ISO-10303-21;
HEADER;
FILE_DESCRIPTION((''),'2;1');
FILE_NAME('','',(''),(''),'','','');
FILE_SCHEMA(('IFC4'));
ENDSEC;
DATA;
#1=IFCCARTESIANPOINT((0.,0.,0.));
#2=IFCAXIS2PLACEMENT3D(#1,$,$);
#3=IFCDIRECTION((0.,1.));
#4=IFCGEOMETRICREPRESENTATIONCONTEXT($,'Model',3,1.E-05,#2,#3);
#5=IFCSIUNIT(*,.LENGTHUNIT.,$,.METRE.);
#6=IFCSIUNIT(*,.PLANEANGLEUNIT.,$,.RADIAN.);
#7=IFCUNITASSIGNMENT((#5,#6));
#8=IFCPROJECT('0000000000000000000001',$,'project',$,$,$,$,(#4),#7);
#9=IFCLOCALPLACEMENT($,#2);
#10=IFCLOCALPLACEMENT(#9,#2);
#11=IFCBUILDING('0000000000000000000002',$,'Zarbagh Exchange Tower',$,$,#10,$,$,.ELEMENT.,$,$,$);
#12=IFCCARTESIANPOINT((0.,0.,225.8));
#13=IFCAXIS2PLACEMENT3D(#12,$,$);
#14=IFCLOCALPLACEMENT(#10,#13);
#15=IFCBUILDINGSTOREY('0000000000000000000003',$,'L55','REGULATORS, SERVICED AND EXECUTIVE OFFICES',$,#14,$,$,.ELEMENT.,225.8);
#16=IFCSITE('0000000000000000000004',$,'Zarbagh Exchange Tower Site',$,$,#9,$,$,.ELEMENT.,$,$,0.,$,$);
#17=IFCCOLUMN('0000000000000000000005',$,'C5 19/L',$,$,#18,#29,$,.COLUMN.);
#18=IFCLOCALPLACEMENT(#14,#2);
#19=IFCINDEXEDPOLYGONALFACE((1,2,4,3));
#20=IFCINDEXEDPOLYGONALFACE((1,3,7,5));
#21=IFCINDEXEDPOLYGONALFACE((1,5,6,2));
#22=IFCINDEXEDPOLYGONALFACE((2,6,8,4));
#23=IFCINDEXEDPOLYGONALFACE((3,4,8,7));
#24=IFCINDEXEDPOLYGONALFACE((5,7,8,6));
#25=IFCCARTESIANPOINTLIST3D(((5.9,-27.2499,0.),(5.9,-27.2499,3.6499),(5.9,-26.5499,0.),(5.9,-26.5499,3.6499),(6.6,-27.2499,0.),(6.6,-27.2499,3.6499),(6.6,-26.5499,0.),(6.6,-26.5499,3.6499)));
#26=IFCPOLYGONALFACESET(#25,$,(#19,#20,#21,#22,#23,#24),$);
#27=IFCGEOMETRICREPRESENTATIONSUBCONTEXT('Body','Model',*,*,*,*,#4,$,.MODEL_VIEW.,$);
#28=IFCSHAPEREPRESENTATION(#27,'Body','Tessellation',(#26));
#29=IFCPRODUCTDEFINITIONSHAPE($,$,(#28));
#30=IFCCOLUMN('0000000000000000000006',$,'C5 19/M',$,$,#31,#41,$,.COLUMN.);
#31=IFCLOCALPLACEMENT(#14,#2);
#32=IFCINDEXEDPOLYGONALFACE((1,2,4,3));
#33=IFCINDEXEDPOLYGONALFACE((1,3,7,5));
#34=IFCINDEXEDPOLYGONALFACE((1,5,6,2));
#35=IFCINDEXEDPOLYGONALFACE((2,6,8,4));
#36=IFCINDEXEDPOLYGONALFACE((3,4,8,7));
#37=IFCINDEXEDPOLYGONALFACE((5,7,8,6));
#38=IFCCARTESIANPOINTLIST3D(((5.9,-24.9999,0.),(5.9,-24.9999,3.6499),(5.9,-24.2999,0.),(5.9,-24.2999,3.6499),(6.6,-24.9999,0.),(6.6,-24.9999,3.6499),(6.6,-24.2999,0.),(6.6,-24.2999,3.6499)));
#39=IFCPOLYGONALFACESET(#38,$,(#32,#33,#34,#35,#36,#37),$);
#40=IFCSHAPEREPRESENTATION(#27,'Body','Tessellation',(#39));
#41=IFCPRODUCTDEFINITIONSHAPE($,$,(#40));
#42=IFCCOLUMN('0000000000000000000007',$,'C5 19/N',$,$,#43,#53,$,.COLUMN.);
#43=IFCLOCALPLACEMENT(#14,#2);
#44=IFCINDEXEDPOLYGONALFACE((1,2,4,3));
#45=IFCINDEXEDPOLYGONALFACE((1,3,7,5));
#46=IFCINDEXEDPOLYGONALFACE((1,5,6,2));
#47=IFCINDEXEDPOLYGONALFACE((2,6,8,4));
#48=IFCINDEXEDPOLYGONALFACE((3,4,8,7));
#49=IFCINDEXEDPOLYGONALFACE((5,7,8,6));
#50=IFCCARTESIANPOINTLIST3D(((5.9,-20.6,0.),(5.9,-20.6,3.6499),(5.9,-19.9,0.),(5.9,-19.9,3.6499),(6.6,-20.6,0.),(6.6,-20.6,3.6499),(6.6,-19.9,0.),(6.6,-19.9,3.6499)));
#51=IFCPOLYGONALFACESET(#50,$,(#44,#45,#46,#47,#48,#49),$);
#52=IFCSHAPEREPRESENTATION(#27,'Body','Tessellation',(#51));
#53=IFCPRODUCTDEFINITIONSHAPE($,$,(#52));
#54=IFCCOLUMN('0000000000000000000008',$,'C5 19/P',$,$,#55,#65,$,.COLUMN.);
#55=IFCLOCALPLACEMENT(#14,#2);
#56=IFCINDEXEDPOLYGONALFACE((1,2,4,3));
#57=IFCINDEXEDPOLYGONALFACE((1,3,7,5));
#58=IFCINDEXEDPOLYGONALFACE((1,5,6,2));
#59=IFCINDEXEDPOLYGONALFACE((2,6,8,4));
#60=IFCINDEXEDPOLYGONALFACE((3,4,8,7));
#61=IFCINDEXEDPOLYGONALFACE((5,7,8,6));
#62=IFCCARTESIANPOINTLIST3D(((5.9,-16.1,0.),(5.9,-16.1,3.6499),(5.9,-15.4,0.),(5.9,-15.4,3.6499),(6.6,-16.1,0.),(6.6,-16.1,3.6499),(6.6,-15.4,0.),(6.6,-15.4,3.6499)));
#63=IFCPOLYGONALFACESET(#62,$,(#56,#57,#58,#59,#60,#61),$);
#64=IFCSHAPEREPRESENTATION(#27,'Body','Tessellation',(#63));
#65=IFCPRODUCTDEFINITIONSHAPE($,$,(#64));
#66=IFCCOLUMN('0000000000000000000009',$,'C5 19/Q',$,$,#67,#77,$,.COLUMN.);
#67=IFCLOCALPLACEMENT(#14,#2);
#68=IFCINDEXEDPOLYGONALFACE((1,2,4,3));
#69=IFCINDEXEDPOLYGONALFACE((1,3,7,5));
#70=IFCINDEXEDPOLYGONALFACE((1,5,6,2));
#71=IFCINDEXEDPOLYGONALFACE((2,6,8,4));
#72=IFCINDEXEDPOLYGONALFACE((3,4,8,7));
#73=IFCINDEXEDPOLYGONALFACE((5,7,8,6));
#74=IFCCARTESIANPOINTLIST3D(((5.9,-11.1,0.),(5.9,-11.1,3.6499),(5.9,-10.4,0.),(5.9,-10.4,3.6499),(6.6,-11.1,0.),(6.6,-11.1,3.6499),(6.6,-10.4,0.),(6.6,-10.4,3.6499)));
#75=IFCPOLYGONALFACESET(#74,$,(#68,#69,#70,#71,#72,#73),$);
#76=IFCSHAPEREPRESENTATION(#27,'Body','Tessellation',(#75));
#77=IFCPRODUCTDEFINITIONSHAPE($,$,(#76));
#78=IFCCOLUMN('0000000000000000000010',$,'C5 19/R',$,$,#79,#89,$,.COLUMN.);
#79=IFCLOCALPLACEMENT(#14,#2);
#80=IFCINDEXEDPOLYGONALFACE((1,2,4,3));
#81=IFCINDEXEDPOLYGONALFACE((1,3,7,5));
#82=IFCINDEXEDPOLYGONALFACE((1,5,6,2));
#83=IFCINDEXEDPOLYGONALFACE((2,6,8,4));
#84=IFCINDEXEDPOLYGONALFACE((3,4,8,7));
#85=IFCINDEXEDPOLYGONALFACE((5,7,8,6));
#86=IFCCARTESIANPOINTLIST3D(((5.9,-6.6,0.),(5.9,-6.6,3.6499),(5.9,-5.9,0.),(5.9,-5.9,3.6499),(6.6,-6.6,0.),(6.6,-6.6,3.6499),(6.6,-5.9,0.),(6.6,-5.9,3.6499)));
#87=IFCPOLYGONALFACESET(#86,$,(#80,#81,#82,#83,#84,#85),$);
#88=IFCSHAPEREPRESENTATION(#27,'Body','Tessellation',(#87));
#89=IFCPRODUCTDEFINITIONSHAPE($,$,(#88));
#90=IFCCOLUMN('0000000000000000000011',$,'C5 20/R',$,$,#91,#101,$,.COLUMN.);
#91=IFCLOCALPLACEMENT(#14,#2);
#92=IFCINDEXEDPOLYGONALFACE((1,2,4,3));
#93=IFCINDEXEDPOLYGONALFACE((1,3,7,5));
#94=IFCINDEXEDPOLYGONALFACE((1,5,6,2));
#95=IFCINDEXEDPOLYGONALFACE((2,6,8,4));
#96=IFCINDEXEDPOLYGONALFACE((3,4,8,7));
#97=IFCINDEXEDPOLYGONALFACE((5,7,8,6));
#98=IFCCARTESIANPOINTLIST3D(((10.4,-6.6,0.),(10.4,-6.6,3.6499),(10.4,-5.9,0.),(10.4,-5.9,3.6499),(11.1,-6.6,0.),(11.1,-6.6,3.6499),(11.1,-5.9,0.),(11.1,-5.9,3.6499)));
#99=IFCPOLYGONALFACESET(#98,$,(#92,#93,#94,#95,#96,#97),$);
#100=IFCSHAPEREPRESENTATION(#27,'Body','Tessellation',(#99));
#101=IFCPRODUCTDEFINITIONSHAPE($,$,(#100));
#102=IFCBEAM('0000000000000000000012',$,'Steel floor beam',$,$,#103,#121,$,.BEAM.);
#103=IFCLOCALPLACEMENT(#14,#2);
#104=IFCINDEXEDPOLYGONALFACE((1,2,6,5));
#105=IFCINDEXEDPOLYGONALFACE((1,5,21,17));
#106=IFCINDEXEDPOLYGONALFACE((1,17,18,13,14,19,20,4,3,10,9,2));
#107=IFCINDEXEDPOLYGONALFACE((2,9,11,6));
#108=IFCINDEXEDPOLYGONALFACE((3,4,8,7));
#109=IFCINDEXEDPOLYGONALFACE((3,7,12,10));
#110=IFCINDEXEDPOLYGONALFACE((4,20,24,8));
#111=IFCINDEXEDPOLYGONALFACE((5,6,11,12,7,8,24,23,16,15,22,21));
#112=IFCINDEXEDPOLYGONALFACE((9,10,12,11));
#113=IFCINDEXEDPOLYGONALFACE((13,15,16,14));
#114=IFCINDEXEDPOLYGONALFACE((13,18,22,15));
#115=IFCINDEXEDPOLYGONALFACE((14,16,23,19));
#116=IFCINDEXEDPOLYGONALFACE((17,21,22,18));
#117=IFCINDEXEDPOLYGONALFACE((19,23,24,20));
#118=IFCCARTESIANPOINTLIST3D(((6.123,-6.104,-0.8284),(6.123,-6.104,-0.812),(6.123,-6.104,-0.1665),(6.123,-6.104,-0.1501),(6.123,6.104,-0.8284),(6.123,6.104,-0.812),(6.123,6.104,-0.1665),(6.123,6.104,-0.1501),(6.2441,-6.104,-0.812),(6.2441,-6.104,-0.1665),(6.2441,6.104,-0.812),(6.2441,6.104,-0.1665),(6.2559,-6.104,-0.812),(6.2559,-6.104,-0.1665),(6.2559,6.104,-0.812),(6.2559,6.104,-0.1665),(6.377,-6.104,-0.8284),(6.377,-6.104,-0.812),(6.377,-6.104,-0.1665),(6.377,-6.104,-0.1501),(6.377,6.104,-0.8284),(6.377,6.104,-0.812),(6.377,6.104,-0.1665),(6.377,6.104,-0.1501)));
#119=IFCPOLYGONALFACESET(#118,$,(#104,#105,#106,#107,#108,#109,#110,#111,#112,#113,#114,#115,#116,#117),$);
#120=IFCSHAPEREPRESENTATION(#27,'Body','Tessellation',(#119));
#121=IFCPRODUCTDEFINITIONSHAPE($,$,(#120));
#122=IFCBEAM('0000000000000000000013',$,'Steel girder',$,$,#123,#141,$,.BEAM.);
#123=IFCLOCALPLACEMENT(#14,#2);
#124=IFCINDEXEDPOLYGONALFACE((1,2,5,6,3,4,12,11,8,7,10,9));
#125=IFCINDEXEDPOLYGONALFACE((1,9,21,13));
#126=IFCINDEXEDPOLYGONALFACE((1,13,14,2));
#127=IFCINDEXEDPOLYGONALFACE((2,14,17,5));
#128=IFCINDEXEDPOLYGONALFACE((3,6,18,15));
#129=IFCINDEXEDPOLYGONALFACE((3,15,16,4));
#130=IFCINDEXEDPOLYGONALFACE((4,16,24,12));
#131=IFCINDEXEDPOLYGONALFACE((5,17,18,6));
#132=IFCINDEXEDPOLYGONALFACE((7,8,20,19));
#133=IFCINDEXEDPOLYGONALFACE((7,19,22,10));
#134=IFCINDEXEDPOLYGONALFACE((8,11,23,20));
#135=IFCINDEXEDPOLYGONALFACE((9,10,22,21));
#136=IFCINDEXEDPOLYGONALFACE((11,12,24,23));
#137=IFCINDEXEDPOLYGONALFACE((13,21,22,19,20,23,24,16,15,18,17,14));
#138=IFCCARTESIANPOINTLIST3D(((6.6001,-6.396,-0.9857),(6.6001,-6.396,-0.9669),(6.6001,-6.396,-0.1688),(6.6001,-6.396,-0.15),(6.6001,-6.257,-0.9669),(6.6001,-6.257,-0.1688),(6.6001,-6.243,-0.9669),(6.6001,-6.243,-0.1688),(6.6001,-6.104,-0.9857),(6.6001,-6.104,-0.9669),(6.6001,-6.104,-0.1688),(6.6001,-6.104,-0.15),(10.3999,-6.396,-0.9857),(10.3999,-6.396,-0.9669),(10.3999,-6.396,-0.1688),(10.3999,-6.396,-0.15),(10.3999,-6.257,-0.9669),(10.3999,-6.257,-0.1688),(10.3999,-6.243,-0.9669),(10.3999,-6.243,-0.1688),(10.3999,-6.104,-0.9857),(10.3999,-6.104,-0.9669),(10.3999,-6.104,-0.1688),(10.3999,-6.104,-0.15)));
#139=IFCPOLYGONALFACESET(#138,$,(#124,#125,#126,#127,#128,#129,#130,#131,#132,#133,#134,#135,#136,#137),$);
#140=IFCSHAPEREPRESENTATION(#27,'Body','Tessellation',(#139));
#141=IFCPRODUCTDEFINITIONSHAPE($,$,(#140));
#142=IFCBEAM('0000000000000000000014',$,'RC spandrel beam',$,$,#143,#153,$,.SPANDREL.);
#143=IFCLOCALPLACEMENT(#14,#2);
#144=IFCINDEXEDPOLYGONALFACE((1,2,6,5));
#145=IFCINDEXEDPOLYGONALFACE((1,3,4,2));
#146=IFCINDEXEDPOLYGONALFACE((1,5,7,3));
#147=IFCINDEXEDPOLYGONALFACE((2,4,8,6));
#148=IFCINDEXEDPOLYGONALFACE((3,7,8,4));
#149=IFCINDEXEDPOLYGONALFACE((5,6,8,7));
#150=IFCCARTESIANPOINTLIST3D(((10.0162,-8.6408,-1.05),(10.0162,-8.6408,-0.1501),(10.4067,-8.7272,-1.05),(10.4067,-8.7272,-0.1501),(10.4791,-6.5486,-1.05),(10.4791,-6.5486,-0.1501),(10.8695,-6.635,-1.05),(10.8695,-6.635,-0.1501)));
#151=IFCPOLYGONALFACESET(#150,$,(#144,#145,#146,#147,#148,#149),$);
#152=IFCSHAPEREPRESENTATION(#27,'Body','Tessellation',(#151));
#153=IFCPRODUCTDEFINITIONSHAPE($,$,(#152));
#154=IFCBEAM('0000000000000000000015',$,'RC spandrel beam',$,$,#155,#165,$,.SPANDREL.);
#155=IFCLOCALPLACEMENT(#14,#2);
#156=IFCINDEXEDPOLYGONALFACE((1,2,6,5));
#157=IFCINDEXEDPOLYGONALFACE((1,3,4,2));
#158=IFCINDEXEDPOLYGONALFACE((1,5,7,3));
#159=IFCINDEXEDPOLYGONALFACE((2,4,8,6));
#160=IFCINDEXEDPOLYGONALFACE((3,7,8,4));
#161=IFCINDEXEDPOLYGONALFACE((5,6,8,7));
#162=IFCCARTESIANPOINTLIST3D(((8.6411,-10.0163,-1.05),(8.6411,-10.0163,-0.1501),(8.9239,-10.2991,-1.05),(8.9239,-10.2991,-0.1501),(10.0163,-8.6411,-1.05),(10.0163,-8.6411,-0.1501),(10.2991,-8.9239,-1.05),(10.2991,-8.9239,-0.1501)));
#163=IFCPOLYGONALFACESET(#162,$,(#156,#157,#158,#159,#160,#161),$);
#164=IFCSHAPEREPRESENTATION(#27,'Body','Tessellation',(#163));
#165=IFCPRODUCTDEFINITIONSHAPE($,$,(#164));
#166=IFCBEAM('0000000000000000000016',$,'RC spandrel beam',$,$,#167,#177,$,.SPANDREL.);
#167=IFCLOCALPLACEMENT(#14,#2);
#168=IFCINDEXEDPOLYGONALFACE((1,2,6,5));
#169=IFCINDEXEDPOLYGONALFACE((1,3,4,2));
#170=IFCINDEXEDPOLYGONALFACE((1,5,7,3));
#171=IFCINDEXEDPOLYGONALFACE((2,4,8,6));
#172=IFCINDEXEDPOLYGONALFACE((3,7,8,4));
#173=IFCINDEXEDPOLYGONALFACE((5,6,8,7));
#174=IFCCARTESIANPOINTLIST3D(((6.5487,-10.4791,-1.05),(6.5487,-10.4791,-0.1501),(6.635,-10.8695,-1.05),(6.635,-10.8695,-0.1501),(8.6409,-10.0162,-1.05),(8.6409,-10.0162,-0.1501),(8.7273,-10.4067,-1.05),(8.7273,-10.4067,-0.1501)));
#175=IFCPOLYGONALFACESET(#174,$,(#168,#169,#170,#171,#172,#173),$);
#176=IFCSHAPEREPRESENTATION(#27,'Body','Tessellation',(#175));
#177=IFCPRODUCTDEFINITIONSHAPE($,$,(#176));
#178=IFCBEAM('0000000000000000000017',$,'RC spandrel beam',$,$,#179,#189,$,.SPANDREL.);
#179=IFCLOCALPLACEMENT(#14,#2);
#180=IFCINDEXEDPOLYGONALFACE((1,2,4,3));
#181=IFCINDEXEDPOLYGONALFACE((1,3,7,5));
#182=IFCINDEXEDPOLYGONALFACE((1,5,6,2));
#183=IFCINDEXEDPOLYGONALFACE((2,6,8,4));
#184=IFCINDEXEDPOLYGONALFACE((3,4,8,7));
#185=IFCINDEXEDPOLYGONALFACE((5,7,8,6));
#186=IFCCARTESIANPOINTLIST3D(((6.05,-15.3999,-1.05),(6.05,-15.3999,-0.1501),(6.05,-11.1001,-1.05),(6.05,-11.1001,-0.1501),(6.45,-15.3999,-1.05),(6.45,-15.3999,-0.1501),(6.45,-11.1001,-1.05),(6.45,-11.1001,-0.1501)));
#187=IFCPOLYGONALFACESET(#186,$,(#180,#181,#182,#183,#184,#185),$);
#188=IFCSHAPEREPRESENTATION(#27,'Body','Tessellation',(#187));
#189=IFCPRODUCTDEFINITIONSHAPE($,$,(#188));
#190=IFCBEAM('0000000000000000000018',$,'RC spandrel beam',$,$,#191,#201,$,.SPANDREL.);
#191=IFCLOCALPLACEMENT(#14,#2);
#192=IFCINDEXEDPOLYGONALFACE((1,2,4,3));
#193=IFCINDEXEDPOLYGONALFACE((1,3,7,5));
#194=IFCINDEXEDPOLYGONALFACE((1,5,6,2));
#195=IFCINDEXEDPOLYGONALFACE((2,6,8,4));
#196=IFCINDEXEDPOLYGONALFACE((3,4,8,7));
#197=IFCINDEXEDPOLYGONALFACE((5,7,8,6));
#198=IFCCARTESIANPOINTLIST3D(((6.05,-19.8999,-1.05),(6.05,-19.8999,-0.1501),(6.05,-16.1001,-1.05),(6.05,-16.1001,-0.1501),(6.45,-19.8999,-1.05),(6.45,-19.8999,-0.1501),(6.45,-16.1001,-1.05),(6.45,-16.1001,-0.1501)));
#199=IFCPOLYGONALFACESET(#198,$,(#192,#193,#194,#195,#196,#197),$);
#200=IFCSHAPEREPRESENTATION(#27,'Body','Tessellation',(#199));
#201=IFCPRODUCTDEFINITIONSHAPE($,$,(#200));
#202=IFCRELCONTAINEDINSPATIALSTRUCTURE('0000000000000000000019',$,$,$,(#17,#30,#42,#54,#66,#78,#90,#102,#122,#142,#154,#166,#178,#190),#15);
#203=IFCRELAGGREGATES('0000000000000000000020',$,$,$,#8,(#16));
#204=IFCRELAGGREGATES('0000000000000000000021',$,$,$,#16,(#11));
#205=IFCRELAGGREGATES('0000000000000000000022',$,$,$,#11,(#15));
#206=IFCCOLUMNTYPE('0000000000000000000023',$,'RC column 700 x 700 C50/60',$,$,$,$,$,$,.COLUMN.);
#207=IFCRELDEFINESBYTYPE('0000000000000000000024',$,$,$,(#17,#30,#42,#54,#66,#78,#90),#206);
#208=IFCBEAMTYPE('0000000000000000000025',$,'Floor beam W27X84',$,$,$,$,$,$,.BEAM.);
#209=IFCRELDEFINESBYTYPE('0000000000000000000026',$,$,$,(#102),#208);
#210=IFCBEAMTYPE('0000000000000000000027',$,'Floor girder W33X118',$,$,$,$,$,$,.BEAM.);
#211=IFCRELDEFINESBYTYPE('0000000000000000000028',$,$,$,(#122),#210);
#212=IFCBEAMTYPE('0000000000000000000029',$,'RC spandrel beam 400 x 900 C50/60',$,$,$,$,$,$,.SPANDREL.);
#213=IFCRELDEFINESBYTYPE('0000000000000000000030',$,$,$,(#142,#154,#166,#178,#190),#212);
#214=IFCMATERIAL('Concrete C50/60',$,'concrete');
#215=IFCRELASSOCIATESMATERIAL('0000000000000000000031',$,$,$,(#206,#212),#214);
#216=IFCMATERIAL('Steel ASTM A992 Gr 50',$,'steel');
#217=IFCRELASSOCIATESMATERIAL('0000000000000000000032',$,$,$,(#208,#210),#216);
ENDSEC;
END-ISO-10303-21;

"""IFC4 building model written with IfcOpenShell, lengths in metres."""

from ifc_helpers import new_model, si_unit, direction, frame, origin, origin_2d, place, context, subcontext, project, spatial, rectangle, i_section, extrude, material, material_profile, profile_set, type_object, element, save


model = new_model("IFC4")

# Units and contexts
model_context = context("Model", 3, precision=1e-05, world=origin(), true_north=direction((0.0, 1.0)))
body_context = subcontext(model_context, "Body", "Model", "MODEL_VIEW")
ifc_project = project(units=[si_unit("LENGTHUNIT", "METRE"), si_unit("PLANEANGLEUNIT", "RADIAN")], contexts=[model_context])

# Site, building, storey
site_placement = place(None, origin())
site = spatial("IfcSite", under=ifc_project, at=site_placement, Name="Zarbagh Exchange Tower Site", CompositionType="ELEMENT", RefElevation=0.0)
building_placement = place(site_placement, origin())
building = spatial("IfcBuilding", under=site, at=building_placement, Name="Zarbagh Exchange Tower", CompositionType="ELEMENT")
storey_placement = place(building_placement, frame((0.0, 0.0, 225.8)))
storey = spatial("IfcBuildingStorey", under=building, at=storey_placement, Name="L55", Description="REGULATORS, SERVICED AND EXECUTIVE OFFICES", CompositionType="ELEMENT", Elevation=225.8)

# Columns
ifc_material_1 = material(Name="Concrete C50/60", Category="concrete")
ifc_material_profile_1 = material_profile(ifc_material_1, rectangle(XDim=0.7, YDim=0.7, at=origin_2d()), Name="RC column 700 x 700 C50/60")
ifc_profile_set_1 = profile_set([ifc_material_profile_1], Name="Concrete C50/60")
column_type = type_object("IfcColumnType", Name="RC column 700 x 700 C50/60", PredefinedType="COLUMN", material=ifc_profile_set_1)
for number, where, z_axis, x_axis, name in (
    (1, (6.25, -26.8999, 0.0), (0.0, 0.0, 1.0), (1.0, 0.0, 0.0), "C5 19/L"),
    (2, (6.25, -24.6499, 0.0), (0.0, 0.0, 1.0), (1.0, 0.0, 0.0), "C5 19/M"),
    (3, (6.25, -20.25, 0.0), (0.0, 0.0, 1.0), (1.0, 0.0, 0.0), "C5 19/N"),
    (4, (6.25, -15.75, 0.0), (0.0, 0.0, 1.0), (1.0, 0.0, 0.0), "C5 19/P"),
    (5, (6.25, -10.75, 0.0), (0.0, 0.0, 1.0), (1.0, 0.0, 0.0), "C5 19/Q"),
    (6, (6.25, -6.25, 0.0), (0.0, 0.0, 1.0), (1.0, 0.0, 0.0), "C5 19/R"),
    (7, (10.75, -6.25, 0.0), (0.0, 0.0, 1.0), (1.0, 0.0, 0.0), "C5 20/R"),
):
    element("IfcColumn", number, at=place(storey_placement, frame(where, z_axis=z_axis, x_axis=x_axis)), inside=storey, type_object=column_type, Name=name, PredefinedType="COLUMN", context=body_context, shape_type="SweptSolid", body=[
        extrude(rectangle(XDim=0.7, YDim=0.7, at=origin_2d()), origin(), (0.0, 0.0, 1.0), 3.6499),
    ])

# Beams
ifc_material_2 = material(Name="Steel ASTM A992 Gr 50", Category="steel")
ifc_material_profile_2 = material_profile(ifc_material_2, i_section(OverallWidth=0.2539, OverallDepth=0.6782, WebThickness=0.0117, FlangeThickness=0.0164, at=origin_2d()), Name="W27X84")
ifc_profile_set_2 = profile_set([ifc_material_profile_2], Name="Steel ASTM A992 Gr 50")
beam_type_1 = type_object("IfcBeamType", Name="Floor beam W27X84", PredefinedType="BEAM", material=ifc_profile_set_2)
beam_1_placement = place(storey_placement, frame((6.25, -6.104, -0.4893), z_axis=(0.0, 1.0, 0.0), x_axis=(-1.0, 0.0, 0.0)))
element("IfcBeam", 8, at=beam_1_placement, inside=storey, type_object=beam_type_1, Name="Steel floor beam", PredefinedType="BEAM", context=body_context, shape_type="SweptSolid", body=[
    extrude(i_section(OverallWidth=0.2539, OverallDepth=0.6782, WebThickness=0.0117, FlangeThickness=0.0164, at=origin_2d()), origin(), (0.0, 0.0, 1.0), 12.208),
])
ifc_material_profile_3 = material_profile(ifc_material_2, i_section(OverallWidth=0.292, OverallDepth=0.8357, WebThickness=0.0139, FlangeThickness=0.0188, at=origin_2d()), Name="W33X118")
ifc_profile_set_3 = profile_set([ifc_material_profile_3], Name="Steel ASTM A992 Gr 50")
beam_type_2 = type_object("IfcBeamType", Name="Floor girder W33X118", PredefinedType="BEAM", material=ifc_profile_set_3)
beam_2_placement = place(storey_placement, frame((6.6001, -6.25, -0.5679), z_axis=(1.0, 0.0, 0.0), x_axis=(0.0, 1.0, 0.0)))
element("IfcBeam", 9, at=beam_2_placement, inside=storey, type_object=beam_type_2, Name="Steel girder", PredefinedType="BEAM", context=body_context, shape_type="SweptSolid", body=[
    extrude(i_section(OverallWidth=0.292, OverallDepth=0.8357, WebThickness=0.0139, FlangeThickness=0.0188, at=origin_2d()), origin(), (0.0, 0.0, 1.0), 3.7998),
])
ifc_material_profile_4 = material_profile(ifc_material_1, rectangle(XDim=0.3999, YDim=0.8999, at=origin_2d()), Name="RC spandrel beam 400 x 900 C50/60")
ifc_profile_set_4 = profile_set([ifc_material_profile_4], Name="Concrete C50/60")
beam_type_3 = type_object("IfcBeamType", Name="RC spandrel beam 400 x 900 C50/60", PredefinedType="SPANDREL", material=ifc_profile_set_4)
beam_3_placement = place(storey_placement, frame((10.6743, -6.5918, -0.6001), z_axis=(-0.216014, -0.97639, 0.0), x_axis=(0.97639, -0.216014, 0.0)))
element("IfcBeam", 10, at=beam_3_placement, inside=storey, type_object=beam_type_3, Name="RC spandrel beam", PredefinedType="SPANDREL", context=body_context, shape_type="SweptSolid", body=[
    extrude(rectangle(XDim=0.3999, YDim=0.8999, at=origin_2d()), origin(), (0.0, 0.0, 1.0), 2.1428),
])
beam_4_placement = place(storey_placement, frame((10.1577, -8.7825, -0.6001), z_axis=(-0.707107, -0.707107, 0.0), x_axis=(0.707107, -0.707107, 0.0)))
element("IfcBeam", 11, at=beam_4_placement, inside=storey, type_object=beam_type_3, Name="RC spandrel beam", PredefinedType="SPANDREL", context=body_context, shape_type="SweptSolid", body=[
    extrude(rectangle(XDim=0.3999, YDim=0.8999, at=origin_2d()), origin(), (0.0, 0.0, 1.0), 1.9448),
])
beam_5_placement = place(storey_placement, frame((8.6841, -10.2114, -0.6001), z_axis=(-0.97639, -0.216014, 0.0), x_axis=(0.216014, -0.97639, 0.0)))
element("IfcBeam", 12, at=beam_5_placement, inside=storey, type_object=beam_type_3, Name="RC spandrel beam", PredefinedType="SPANDREL", context=body_context, shape_type="SweptSolid", body=[
    extrude(rectangle(XDim=0.3999, YDim=0.8999, at=origin_2d()), origin(), (0.0, 0.0, 1.0), 2.1428),
])
beam_6_placement = place(storey_placement, frame((6.25, -11.1001, -0.6001), z_axis=(0.0, -1.0, 0.0), x_axis=(1.0, 0.0, 0.0)))
element("IfcBeam", 13, at=beam_6_placement, inside=storey, type_object=beam_type_3, Name="RC spandrel beam", PredefinedType="SPANDREL", context=body_context, shape_type="SweptSolid", body=[
    extrude(rectangle(XDim=0.3999, YDim=0.8999, at=origin_2d()), origin(), (0.0, 0.0, 1.0), 4.2998),
])
beam_7_placement = place(storey_placement, frame((6.25, -16.1001, -0.6001), z_axis=(0.0, -1.0, 0.0), x_axis=(1.0, 0.0, 0.0)))
element("IfcBeam", 14, at=beam_7_placement, inside=storey, type_object=beam_type_3, Name="RC spandrel beam", PredefinedType="SPANDREL", context=body_context, shape_type="SweptSolid", body=[
    extrude(rectangle(XDim=0.3999, YDim=0.8999, at=origin_2d()), origin(), (0.0, 0.0, 1.0), 3.7998),
])

save(model, "model.ifc")
